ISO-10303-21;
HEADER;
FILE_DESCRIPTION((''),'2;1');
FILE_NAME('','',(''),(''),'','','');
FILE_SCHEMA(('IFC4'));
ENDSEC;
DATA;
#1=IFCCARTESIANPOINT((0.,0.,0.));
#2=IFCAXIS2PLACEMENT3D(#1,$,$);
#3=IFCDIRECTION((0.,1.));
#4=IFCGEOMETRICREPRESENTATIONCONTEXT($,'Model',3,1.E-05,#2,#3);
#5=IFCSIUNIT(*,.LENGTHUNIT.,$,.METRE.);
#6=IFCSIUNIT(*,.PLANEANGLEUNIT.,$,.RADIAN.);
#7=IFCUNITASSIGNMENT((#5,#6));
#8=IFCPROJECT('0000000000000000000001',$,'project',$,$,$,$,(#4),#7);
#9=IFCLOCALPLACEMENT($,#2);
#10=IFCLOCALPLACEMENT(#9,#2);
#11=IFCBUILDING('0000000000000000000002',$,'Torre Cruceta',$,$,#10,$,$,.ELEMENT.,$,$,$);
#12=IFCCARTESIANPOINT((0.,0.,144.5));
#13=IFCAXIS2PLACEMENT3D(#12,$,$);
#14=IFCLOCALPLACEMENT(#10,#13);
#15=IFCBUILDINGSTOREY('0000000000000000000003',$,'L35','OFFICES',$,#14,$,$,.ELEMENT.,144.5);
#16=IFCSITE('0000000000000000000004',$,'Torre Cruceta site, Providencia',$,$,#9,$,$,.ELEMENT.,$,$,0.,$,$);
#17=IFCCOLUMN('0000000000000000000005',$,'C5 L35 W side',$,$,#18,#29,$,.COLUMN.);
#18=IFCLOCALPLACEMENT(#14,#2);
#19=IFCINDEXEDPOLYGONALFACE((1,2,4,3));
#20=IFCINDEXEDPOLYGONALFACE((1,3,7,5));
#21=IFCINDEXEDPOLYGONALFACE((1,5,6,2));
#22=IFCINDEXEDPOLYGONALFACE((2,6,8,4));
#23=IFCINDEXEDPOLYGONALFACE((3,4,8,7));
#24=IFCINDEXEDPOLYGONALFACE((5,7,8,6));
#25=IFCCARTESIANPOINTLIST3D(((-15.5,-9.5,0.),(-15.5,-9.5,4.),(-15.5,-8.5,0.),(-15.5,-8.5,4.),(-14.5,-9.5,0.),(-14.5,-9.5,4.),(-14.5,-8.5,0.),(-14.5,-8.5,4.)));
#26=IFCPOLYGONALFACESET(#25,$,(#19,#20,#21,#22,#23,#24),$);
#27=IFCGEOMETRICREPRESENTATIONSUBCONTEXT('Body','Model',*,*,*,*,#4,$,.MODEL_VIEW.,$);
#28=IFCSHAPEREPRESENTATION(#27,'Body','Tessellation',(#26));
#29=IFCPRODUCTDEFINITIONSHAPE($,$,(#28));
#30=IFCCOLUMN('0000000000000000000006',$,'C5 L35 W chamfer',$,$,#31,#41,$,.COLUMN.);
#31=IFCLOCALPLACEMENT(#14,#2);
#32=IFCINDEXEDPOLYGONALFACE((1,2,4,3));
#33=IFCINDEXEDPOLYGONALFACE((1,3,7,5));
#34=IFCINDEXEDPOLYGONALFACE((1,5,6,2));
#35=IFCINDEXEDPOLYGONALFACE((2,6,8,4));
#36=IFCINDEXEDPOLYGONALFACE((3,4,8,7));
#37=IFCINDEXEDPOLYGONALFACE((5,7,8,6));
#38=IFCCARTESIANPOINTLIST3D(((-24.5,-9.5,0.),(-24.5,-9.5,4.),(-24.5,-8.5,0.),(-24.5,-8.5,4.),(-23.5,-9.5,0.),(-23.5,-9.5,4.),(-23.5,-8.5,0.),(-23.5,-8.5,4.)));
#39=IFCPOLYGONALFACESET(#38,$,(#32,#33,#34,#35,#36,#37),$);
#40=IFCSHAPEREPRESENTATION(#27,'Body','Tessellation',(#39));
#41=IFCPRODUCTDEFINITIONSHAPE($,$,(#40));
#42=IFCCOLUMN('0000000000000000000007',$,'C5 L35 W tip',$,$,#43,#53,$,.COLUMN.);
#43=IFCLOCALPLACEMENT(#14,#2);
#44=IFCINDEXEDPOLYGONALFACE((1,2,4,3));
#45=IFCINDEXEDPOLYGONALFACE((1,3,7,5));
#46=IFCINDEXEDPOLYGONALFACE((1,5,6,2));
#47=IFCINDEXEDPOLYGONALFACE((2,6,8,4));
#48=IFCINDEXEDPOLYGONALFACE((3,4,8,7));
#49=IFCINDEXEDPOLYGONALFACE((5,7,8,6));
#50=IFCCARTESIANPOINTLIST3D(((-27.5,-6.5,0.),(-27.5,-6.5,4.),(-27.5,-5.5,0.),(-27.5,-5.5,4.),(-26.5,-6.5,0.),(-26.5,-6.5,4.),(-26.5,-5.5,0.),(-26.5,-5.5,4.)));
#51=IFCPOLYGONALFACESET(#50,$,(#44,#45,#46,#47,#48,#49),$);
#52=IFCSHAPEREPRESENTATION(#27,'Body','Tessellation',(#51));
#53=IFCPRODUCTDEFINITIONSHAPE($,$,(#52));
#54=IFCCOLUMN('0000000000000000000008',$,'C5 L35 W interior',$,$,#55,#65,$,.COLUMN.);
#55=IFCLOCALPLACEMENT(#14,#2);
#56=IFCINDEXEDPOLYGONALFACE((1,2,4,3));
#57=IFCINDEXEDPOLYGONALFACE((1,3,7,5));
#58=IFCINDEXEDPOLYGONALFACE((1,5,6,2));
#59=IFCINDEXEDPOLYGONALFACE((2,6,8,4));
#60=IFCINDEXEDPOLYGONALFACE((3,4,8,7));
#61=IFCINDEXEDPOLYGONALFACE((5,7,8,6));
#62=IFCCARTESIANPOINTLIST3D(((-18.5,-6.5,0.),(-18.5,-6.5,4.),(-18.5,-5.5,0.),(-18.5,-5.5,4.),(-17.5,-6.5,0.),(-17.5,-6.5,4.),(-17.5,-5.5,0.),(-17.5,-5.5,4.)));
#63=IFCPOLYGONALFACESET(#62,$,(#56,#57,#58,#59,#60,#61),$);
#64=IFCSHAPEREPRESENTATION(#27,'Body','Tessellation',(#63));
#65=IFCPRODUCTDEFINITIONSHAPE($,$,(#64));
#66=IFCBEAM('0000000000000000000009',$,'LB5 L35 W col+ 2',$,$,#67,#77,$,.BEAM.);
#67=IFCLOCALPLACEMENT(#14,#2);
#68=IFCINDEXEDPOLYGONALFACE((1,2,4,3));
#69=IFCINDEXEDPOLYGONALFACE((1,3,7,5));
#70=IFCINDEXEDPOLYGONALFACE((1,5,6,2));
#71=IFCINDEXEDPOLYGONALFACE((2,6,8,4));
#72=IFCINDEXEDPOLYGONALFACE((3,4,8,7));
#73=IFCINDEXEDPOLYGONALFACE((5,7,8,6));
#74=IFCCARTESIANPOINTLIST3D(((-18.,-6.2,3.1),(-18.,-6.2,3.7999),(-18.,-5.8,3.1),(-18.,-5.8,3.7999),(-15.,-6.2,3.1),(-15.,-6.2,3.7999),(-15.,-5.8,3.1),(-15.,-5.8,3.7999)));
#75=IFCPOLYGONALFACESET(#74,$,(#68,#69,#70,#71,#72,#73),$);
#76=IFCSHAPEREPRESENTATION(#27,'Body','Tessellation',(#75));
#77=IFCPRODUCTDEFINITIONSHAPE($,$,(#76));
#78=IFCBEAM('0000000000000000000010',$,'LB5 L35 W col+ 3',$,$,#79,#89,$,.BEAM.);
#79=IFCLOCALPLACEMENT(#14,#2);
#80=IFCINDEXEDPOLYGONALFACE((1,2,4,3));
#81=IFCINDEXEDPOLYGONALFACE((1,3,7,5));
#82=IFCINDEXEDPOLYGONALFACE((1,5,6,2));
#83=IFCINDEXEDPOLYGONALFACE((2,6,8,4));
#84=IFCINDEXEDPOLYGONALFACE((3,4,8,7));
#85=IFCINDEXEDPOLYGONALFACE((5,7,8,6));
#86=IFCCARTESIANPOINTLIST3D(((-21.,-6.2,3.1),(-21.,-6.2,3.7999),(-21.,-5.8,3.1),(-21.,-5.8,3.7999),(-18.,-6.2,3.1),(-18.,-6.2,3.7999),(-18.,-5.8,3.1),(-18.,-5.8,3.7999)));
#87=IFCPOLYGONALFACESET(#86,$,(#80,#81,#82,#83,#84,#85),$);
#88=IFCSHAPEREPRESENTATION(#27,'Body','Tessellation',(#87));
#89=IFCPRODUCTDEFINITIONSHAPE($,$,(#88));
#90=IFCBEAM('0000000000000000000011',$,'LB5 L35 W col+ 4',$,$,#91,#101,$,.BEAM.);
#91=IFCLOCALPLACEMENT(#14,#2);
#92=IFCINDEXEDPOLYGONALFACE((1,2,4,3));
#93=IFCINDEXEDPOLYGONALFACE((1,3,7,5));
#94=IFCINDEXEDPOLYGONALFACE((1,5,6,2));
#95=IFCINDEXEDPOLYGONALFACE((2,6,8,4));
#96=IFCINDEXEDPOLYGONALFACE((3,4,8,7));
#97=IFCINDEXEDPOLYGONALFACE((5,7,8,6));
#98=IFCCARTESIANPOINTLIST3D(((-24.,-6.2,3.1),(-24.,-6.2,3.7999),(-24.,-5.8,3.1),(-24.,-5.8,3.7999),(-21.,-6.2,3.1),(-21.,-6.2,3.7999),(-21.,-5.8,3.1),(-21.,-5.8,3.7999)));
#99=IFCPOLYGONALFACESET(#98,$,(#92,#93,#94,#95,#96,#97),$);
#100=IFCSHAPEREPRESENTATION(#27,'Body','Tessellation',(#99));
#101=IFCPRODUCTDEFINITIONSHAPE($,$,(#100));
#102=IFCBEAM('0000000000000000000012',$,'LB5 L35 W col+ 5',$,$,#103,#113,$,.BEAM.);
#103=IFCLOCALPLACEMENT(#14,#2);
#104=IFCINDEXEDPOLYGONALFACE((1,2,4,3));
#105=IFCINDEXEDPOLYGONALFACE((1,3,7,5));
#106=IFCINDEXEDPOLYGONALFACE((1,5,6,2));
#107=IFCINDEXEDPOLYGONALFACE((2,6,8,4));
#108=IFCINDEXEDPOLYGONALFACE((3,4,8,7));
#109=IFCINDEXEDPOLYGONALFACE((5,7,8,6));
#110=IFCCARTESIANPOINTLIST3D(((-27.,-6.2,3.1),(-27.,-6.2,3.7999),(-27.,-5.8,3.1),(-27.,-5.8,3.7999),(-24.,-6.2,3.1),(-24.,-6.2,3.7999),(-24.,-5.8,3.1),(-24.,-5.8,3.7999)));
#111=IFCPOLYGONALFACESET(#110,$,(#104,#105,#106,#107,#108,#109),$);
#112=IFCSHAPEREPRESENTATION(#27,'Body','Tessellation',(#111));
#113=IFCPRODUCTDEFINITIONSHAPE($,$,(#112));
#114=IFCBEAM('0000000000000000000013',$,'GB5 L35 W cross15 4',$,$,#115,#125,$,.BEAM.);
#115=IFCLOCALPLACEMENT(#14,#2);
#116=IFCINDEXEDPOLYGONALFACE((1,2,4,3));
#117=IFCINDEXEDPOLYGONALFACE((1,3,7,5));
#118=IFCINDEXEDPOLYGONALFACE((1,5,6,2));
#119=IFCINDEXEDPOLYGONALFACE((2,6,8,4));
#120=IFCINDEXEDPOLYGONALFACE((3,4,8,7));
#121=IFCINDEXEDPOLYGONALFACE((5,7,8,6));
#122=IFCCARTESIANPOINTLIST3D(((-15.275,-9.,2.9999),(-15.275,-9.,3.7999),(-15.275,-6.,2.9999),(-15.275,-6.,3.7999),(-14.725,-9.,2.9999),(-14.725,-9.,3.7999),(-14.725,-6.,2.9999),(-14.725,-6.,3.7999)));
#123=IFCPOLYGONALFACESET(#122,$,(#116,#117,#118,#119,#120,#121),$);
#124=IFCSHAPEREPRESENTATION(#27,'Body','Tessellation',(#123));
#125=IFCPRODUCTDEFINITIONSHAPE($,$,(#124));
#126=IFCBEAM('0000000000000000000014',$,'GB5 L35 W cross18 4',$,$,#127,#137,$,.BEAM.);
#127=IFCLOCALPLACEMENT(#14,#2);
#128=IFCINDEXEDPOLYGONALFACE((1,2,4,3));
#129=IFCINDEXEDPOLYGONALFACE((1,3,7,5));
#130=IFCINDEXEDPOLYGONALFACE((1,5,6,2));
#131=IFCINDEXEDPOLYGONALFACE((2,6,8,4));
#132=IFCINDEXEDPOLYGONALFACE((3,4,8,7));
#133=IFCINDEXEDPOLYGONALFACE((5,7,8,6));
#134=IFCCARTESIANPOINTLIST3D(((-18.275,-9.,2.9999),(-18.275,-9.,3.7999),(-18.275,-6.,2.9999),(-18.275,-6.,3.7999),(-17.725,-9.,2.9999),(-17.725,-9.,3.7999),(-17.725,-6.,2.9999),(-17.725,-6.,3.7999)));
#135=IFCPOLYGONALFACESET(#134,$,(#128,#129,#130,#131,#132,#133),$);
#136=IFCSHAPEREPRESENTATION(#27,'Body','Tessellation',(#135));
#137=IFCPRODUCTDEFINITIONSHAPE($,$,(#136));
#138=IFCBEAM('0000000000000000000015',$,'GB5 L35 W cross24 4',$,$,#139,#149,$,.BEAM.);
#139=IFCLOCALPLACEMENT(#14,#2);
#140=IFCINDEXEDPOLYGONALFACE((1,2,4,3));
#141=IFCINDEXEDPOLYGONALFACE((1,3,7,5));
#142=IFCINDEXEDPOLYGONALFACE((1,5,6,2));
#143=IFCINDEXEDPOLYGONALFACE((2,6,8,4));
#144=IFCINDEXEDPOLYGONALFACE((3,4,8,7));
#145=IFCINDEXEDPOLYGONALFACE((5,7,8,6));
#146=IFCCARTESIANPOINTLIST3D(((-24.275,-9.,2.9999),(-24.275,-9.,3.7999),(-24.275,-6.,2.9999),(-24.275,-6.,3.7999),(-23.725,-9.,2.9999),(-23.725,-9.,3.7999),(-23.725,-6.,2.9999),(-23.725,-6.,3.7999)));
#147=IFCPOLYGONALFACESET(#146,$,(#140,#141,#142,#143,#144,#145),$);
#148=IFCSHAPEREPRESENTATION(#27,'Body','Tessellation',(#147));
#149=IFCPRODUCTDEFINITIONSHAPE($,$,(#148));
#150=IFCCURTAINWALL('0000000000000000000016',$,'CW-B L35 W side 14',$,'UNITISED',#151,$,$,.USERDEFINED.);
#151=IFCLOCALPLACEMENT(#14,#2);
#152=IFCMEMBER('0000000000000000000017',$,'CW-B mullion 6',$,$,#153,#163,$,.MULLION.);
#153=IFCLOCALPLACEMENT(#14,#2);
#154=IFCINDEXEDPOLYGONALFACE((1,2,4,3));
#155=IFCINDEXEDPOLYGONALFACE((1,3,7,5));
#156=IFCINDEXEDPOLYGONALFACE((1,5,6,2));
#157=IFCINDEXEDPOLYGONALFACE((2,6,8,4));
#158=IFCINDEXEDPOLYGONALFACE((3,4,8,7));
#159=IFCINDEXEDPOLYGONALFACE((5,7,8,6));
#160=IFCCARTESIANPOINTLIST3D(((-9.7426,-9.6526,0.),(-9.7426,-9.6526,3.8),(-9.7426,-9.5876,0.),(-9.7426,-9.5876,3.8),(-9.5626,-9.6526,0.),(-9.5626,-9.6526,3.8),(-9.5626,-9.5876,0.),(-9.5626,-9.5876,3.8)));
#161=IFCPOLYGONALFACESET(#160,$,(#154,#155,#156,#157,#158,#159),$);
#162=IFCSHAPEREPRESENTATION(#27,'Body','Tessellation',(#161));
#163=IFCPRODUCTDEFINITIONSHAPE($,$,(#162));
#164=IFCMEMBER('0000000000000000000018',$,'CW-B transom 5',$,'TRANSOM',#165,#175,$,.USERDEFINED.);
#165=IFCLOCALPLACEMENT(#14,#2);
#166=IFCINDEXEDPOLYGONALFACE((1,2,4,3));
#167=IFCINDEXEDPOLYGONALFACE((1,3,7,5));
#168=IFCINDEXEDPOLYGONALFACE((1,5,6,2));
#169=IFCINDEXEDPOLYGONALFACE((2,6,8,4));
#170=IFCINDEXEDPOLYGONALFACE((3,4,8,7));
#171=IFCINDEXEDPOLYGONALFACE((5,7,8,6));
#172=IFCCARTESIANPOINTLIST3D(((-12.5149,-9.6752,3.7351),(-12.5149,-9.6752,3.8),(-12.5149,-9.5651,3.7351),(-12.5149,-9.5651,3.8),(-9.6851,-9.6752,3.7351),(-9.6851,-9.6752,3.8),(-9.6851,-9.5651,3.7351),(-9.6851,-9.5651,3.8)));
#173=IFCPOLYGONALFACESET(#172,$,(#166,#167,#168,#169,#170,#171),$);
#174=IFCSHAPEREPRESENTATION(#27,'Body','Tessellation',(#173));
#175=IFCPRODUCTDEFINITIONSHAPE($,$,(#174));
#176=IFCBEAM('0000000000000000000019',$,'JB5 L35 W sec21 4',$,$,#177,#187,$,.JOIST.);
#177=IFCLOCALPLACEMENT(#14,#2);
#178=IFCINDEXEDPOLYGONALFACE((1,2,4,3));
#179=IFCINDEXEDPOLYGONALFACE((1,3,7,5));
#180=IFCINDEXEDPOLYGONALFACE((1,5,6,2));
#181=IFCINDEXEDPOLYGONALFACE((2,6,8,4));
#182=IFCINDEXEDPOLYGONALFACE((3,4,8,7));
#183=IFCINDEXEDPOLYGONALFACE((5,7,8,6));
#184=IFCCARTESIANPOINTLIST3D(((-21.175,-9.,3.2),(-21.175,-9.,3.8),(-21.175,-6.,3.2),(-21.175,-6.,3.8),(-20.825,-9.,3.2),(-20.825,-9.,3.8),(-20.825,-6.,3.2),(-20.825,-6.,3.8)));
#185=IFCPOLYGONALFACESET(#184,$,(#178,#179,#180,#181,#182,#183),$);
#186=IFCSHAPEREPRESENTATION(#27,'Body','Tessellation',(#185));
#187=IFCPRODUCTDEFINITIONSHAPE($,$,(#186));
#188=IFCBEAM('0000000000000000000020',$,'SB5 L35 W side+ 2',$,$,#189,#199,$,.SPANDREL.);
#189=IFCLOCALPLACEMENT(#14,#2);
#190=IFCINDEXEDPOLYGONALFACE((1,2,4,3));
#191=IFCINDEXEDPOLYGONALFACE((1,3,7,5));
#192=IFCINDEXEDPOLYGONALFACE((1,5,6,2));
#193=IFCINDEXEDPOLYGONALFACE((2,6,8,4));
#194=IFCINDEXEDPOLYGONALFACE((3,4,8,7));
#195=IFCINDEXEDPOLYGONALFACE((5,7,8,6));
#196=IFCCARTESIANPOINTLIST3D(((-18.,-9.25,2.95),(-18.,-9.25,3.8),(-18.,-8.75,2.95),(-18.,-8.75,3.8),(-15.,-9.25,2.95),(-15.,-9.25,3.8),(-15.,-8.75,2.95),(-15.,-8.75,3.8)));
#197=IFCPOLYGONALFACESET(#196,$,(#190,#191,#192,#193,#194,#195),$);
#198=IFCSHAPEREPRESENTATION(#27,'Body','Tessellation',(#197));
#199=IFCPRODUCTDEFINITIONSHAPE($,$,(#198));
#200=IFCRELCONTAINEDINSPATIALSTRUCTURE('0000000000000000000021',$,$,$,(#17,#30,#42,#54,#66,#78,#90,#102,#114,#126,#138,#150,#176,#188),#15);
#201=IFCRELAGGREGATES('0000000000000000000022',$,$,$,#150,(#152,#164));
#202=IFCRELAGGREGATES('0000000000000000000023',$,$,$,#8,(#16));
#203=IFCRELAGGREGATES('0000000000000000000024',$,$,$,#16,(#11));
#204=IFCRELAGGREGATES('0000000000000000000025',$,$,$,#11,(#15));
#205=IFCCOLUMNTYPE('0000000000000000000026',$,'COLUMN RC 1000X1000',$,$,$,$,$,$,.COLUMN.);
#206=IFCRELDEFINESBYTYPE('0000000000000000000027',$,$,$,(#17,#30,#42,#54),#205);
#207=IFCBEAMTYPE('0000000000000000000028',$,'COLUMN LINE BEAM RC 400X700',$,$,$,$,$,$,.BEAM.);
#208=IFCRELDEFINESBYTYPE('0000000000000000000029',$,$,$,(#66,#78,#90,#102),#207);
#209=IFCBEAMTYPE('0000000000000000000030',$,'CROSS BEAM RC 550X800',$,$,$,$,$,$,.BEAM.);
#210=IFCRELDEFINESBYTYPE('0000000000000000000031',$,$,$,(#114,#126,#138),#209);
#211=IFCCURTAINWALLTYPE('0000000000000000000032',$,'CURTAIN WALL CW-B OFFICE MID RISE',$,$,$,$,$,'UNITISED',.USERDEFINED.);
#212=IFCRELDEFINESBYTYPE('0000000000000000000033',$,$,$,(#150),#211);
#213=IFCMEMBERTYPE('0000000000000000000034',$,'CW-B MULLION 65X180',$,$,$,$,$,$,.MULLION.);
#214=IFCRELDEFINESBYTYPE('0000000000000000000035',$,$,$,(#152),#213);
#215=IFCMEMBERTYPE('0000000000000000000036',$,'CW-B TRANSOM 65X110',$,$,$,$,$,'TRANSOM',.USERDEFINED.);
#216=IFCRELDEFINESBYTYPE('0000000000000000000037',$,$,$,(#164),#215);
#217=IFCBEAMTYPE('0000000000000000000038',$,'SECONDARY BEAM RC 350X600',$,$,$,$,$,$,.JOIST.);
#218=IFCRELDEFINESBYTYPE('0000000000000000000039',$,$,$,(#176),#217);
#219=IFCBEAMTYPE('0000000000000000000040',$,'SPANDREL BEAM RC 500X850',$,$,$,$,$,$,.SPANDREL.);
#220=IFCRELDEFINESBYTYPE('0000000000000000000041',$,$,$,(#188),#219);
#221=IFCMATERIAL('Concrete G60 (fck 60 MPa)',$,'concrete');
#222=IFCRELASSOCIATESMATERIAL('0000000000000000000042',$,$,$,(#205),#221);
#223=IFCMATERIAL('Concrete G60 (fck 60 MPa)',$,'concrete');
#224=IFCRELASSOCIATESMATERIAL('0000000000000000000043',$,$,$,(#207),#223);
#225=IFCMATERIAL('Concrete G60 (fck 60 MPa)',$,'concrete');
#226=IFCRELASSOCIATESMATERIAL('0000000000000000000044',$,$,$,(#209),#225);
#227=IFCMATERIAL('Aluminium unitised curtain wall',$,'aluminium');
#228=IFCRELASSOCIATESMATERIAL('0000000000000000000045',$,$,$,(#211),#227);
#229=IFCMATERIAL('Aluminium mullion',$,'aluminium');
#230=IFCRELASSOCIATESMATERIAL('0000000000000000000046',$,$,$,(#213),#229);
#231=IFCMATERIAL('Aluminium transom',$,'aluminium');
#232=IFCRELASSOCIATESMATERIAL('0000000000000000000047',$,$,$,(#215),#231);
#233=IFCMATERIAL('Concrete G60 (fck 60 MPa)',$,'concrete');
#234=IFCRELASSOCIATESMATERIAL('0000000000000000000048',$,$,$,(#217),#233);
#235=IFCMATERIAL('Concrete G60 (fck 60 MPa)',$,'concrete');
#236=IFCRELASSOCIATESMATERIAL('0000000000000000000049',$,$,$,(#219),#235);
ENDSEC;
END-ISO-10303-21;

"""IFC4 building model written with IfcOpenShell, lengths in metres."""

from ifc_helpers import new_model, si_unit, direction, frame, origin, origin_2d, place, context, subcontext, project, spatial, rectangle, extrude, material, material_profile, profile_set, type_object, element, aggregate, save


model = new_model("IFC4")

# Units and contexts
model_context = context("Model", 3, precision=1e-05, world=origin(), true_north=direction((0.0, 1.0)))
body_context = subcontext(model_context, "Body", "Model", "MODEL_VIEW")
ifc_project = project(units=[si_unit("LENGTHUNIT", "METRE"), si_unit("PLANEANGLEUNIT", "RADIAN")], contexts=[model_context])

# Site, building, storey
site_placement = place(None, origin())
site = spatial("IfcSite", under=ifc_project, at=site_placement, Name="Torre Cruceta site, Providencia", CompositionType="ELEMENT", RefElevation=0.0)
building_placement = place(site_placement, origin())
building = spatial("IfcBuilding", under=site, at=building_placement, Name="Torre Cruceta", CompositionType="ELEMENT")
storey_placement = place(building_placement, frame((0.0, 0.0, 144.5)))
storey = spatial("IfcBuildingStorey", under=building, at=storey_placement, Name="L35", Description="OFFICES", CompositionType="ELEMENT", Elevation=144.5)

# Columns
ifc_material_1 = material(Name="Concrete G60 (fck 60 MPa)", Category="concrete")
ifc_material_profile_1 = material_profile(ifc_material_1, rectangle(XDim=1.0, YDim=1.0, at=origin_2d()), Name="RC 1000X1000")
ifc_profile_set_1 = profile_set([ifc_material_profile_1], Name="Concrete G60 (fck 60 MPa)")
column_type = type_object("IfcColumnType", Name="COLUMN RC 1000X1000", PredefinedType="COLUMN", material=ifc_profile_set_1)
for number, where, z_axis, x_axis, name in (
    (1, (-15.0, -9.0, 0.0), (0.0, 0.0, 1.0), (1.0, 0.0, 0.0), "C5 L35 W side"),
    (2, (-24.0, -9.0, 0.0), (0.0, 0.0, 1.0), (1.0, 0.0, 0.0), "C5 L35 W chamfer"),
    (3, (-27.0, -6.0, 0.0), (0.0, 0.0, 1.0), (1.0, 0.0, 0.0), "C5 L35 W tip"),
    (4, (-18.0, -6.0, 0.0), (0.0, 0.0, 1.0), (1.0, 0.0, 0.0), "C5 L35 W interior"),
):
    element("IfcColumn", number, at=place(storey_placement, frame(where, z_axis=z_axis, x_axis=x_axis)), inside=storey, type_object=column_type, Name=name, PredefinedType="COLUMN", context=body_context, shape_type="SweptSolid", body=[
        extrude(rectangle(XDim=1.0, YDim=1.0, at=origin_2d()), origin(), (0.0, 0.0, 1.0), 4.0),
    ])

# Beams
ifc_material_2 = material(Name="Concrete G60 (fck 60 MPa)", Category="concrete")
ifc_material_profile_2 = material_profile(ifc_material_2, rectangle(XDim=0.3999, YDim=0.7, at=origin_2d()), Name="RC 400X700")
ifc_profile_set_2 = profile_set([ifc_material_profile_2], Name="Concrete G60 (fck 60 MPa)")
beam_type_1 = type_object("IfcBeamType", Name="COLUMN LINE BEAM RC 400X700", PredefinedType="BEAM", material=ifc_profile_set_2)
for number, where, z_axis, x_axis, name in (
    (5, (-15.0, -6.0, 3.45), (-1.0, 0.0, 0.0), (0.0, -1.0, 0.0), "LB5 L35 W col+ 2"),
    (6, (-18.0, -6.0, 3.45), (-1.0, 0.0, 0.0), (0.0, -1.0, 0.0), "LB5 L35 W col+ 3"),
    (7, (-21.0, -6.0, 3.45), (-1.0, 0.0, 0.0), (0.0, -1.0, 0.0), "LB5 L35 W col+ 4"),
    (8, (-24.0, -6.0, 3.45), (-1.0, 0.0, 0.0), (0.0, -1.0, 0.0), "LB5 L35 W col+ 5"),
):
    element("IfcBeam", number, at=place(storey_placement, frame(where, z_axis=z_axis, x_axis=x_axis)), inside=storey, type_object=beam_type_1, Name=name, PredefinedType="BEAM", context=body_context, shape_type="SweptSolid", body=[
        extrude(rectangle(XDim=0.3999, YDim=0.7, at=origin_2d()), origin(), (0.0, 0.0, 1.0), 3.0),
    ])
ifc_material_3 = material(Name="Concrete G60 (fck 60 MPa)", Category="concrete")
ifc_material_profile_3 = material_profile(ifc_material_3, rectangle(XDim=0.55, YDim=0.8, at=origin_2d()), Name="RC 550X800")
ifc_profile_set_3 = profile_set([ifc_material_profile_3], Name="Concrete G60 (fck 60 MPa)")
beam_type_2 = type_object("IfcBeamType", Name="CROSS BEAM RC 550X800", PredefinedType="BEAM", material=ifc_profile_set_3)
for number, where, z_axis, x_axis, name in (
    (9, (-15.0, -6.0, 3.3999), (0.0, -1.0, 0.0), (1.0, 0.0, 0.0), "GB5 L35 W cross15 4"),
    (10, (-18.0, -6.0, 3.3999), (0.0, -1.0, 0.0), (1.0, 0.0, 0.0), "GB5 L35 W cross18 4"),
    (11, (-24.0, -6.0, 3.3999), (0.0, -1.0, 0.0), (1.0, 0.0, 0.0), "GB5 L35 W cross24 4"),
):
    element("IfcBeam", number, at=place(storey_placement, frame(where, z_axis=z_axis, x_axis=x_axis)), inside=storey, type_object=beam_type_2, Name=name, PredefinedType="BEAM", context=body_context, shape_type="SweptSolid", body=[
        extrude(rectangle(XDim=0.55, YDim=0.8, at=origin_2d()), origin(), (0.0, 0.0, 1.0), 3.0),
    ])

# Curtain wall, members
ifc_material_4 = material(Name="Aluminium unitised curtain wall", Category="aluminium")
curtain_wall_type = type_object("IfcCurtainWallType", Name="CURTAIN WALL CW-B OFFICE MID RISE", ElementType="UNITISED", PredefinedType="USERDEFINED", material=ifc_material_4)
curtain_wall_placement = place(storey_placement, origin())
curtain_wall = element("IfcCurtainWall", 12, at=curtain_wall_placement, inside=storey, type_object=curtain_wall_type, Name="CW-B L35 W side 14", ObjectType="UNITISED", PredefinedType="USERDEFINED")
ifc_material_5 = material(Name="Aluminium mullion", Category="aluminium")
ifc_material_profile_4 = material_profile(ifc_material_5, rectangle(XDim=0.0649, YDim=0.1799, at=origin_2d()), Name="AL 65X180")
ifc_profile_set_4 = profile_set([ifc_material_profile_4], Name="Aluminium mullion")
member_type_1 = type_object("IfcMemberType", Name="CW-B MULLION 65X180", PredefinedType="MULLION", material=ifc_profile_set_4)
member_1_placement = place(storey_placement, frame((-9.6526, -9.6201, 0.0), z_axis=(0.0, 0.0, 1.0), x_axis=(0.0, 1.0, 0.0)))
member_1 = element("IfcMember", 13, at=member_1_placement, type_object=member_type_1, Name="CW-B mullion 6", PredefinedType="MULLION", context=body_context, shape_type="SweptSolid", body=[
    extrude(rectangle(XDim=0.0649, YDim=0.1799, at=origin_2d()), origin(), (0.0, 0.0, 1.0), 3.8),
])
ifc_material_6 = material(Name="Aluminium transom", Category="aluminium")
ifc_material_profile_5 = material_profile(ifc_material_6, rectangle(XDim=0.1101, YDim=0.0649, at=origin_2d()), Name="AL 110X65")
ifc_profile_set_5 = profile_set([ifc_material_profile_5], Name="Aluminium transom")
member_type_2 = type_object("IfcMemberType", Name="CW-B TRANSOM 65X110", ElementType="TRANSOM", PredefinedType="USERDEFINED", material=ifc_profile_set_5)
member_2_placement = place(storey_placement, frame((-12.5149, -9.6201, 3.7676), z_axis=(1.0, 0.0, 0.0), x_axis=(0.0, 1.0, 0.0)))
member_2 = element("IfcMember", 14, at=member_2_placement, type_object=member_type_2, Name="CW-B transom 5", ObjectType="TRANSOM", PredefinedType="USERDEFINED", context=body_context, shape_type="SweptSolid", body=[
    extrude(rectangle(XDim=0.1101, YDim=0.0649, at=origin_2d()), origin(), (0.0, 0.0, 1.0), 2.8298),
])

# Beams
ifc_material_7 = material(Name="Concrete G60 (fck 60 MPa)", Category="concrete")
ifc_material_profile_6 = material_profile(ifc_material_7, rectangle(XDim=0.3501, YDim=0.6001, at=origin_2d()), Name="RC 350X600")
ifc_profile_set_6 = profile_set([ifc_material_profile_6], Name="Concrete G60 (fck 60 MPa)")
beam_type_3 = type_object("IfcBeamType", Name="SECONDARY BEAM RC 350X600", PredefinedType="JOIST", material=ifc_profile_set_6)
beam_1_placement = place(storey_placement, frame((-21.0, -6.0, 3.5), z_axis=(0.0, -1.0, 0.0), x_axis=(1.0, 0.0, 0.0)))
element("IfcBeam", 15, at=beam_1_placement, inside=storey, type_object=beam_type_3, Name="JB5 L35 W sec21 4", PredefinedType="JOIST", context=body_context, shape_type="SweptSolid", body=[
    extrude(rectangle(XDim=0.3501, YDim=0.6001, at=origin_2d()), origin(), (0.0, 0.0, 1.0), 3.0),
])
ifc_material_8 = material(Name="Concrete G60 (fck 60 MPa)", Category="concrete")
ifc_material_profile_7 = material_profile(ifc_material_8, rectangle(XDim=0.5, YDim=0.8501, at=origin_2d()), Name="RC 500X850")
ifc_profile_set_7 = profile_set([ifc_material_profile_7], Name="Concrete G60 (fck 60 MPa)")
beam_type_4 = type_object("IfcBeamType", Name="SPANDREL BEAM RC 500X850", PredefinedType="SPANDREL", material=ifc_profile_set_7)
for number, where, z_axis, x_axis, name in (
    (16, (-15.0, -9.0, 3.375), (-1.0, 0.0, 0.0), (0.0, -1.0, 0.0), "SB5 L35 W side+ 2"),
):
    element("IfcBeam", number, at=place(storey_placement, frame(where, z_axis=z_axis, x_axis=x_axis)), inside=storey, type_object=beam_type_4, Name=name, PredefinedType="SPANDREL", context=body_context, shape_type="SweptSolid", body=[
        extrude(rectangle(XDim=0.5, YDim=0.8501, at=origin_2d()), origin(), (0.0, 0.0, 1.0), 3.0),
    ])

aggregate(curtain_wall, [member_1, member_2])

save(model, "model.ifc")
